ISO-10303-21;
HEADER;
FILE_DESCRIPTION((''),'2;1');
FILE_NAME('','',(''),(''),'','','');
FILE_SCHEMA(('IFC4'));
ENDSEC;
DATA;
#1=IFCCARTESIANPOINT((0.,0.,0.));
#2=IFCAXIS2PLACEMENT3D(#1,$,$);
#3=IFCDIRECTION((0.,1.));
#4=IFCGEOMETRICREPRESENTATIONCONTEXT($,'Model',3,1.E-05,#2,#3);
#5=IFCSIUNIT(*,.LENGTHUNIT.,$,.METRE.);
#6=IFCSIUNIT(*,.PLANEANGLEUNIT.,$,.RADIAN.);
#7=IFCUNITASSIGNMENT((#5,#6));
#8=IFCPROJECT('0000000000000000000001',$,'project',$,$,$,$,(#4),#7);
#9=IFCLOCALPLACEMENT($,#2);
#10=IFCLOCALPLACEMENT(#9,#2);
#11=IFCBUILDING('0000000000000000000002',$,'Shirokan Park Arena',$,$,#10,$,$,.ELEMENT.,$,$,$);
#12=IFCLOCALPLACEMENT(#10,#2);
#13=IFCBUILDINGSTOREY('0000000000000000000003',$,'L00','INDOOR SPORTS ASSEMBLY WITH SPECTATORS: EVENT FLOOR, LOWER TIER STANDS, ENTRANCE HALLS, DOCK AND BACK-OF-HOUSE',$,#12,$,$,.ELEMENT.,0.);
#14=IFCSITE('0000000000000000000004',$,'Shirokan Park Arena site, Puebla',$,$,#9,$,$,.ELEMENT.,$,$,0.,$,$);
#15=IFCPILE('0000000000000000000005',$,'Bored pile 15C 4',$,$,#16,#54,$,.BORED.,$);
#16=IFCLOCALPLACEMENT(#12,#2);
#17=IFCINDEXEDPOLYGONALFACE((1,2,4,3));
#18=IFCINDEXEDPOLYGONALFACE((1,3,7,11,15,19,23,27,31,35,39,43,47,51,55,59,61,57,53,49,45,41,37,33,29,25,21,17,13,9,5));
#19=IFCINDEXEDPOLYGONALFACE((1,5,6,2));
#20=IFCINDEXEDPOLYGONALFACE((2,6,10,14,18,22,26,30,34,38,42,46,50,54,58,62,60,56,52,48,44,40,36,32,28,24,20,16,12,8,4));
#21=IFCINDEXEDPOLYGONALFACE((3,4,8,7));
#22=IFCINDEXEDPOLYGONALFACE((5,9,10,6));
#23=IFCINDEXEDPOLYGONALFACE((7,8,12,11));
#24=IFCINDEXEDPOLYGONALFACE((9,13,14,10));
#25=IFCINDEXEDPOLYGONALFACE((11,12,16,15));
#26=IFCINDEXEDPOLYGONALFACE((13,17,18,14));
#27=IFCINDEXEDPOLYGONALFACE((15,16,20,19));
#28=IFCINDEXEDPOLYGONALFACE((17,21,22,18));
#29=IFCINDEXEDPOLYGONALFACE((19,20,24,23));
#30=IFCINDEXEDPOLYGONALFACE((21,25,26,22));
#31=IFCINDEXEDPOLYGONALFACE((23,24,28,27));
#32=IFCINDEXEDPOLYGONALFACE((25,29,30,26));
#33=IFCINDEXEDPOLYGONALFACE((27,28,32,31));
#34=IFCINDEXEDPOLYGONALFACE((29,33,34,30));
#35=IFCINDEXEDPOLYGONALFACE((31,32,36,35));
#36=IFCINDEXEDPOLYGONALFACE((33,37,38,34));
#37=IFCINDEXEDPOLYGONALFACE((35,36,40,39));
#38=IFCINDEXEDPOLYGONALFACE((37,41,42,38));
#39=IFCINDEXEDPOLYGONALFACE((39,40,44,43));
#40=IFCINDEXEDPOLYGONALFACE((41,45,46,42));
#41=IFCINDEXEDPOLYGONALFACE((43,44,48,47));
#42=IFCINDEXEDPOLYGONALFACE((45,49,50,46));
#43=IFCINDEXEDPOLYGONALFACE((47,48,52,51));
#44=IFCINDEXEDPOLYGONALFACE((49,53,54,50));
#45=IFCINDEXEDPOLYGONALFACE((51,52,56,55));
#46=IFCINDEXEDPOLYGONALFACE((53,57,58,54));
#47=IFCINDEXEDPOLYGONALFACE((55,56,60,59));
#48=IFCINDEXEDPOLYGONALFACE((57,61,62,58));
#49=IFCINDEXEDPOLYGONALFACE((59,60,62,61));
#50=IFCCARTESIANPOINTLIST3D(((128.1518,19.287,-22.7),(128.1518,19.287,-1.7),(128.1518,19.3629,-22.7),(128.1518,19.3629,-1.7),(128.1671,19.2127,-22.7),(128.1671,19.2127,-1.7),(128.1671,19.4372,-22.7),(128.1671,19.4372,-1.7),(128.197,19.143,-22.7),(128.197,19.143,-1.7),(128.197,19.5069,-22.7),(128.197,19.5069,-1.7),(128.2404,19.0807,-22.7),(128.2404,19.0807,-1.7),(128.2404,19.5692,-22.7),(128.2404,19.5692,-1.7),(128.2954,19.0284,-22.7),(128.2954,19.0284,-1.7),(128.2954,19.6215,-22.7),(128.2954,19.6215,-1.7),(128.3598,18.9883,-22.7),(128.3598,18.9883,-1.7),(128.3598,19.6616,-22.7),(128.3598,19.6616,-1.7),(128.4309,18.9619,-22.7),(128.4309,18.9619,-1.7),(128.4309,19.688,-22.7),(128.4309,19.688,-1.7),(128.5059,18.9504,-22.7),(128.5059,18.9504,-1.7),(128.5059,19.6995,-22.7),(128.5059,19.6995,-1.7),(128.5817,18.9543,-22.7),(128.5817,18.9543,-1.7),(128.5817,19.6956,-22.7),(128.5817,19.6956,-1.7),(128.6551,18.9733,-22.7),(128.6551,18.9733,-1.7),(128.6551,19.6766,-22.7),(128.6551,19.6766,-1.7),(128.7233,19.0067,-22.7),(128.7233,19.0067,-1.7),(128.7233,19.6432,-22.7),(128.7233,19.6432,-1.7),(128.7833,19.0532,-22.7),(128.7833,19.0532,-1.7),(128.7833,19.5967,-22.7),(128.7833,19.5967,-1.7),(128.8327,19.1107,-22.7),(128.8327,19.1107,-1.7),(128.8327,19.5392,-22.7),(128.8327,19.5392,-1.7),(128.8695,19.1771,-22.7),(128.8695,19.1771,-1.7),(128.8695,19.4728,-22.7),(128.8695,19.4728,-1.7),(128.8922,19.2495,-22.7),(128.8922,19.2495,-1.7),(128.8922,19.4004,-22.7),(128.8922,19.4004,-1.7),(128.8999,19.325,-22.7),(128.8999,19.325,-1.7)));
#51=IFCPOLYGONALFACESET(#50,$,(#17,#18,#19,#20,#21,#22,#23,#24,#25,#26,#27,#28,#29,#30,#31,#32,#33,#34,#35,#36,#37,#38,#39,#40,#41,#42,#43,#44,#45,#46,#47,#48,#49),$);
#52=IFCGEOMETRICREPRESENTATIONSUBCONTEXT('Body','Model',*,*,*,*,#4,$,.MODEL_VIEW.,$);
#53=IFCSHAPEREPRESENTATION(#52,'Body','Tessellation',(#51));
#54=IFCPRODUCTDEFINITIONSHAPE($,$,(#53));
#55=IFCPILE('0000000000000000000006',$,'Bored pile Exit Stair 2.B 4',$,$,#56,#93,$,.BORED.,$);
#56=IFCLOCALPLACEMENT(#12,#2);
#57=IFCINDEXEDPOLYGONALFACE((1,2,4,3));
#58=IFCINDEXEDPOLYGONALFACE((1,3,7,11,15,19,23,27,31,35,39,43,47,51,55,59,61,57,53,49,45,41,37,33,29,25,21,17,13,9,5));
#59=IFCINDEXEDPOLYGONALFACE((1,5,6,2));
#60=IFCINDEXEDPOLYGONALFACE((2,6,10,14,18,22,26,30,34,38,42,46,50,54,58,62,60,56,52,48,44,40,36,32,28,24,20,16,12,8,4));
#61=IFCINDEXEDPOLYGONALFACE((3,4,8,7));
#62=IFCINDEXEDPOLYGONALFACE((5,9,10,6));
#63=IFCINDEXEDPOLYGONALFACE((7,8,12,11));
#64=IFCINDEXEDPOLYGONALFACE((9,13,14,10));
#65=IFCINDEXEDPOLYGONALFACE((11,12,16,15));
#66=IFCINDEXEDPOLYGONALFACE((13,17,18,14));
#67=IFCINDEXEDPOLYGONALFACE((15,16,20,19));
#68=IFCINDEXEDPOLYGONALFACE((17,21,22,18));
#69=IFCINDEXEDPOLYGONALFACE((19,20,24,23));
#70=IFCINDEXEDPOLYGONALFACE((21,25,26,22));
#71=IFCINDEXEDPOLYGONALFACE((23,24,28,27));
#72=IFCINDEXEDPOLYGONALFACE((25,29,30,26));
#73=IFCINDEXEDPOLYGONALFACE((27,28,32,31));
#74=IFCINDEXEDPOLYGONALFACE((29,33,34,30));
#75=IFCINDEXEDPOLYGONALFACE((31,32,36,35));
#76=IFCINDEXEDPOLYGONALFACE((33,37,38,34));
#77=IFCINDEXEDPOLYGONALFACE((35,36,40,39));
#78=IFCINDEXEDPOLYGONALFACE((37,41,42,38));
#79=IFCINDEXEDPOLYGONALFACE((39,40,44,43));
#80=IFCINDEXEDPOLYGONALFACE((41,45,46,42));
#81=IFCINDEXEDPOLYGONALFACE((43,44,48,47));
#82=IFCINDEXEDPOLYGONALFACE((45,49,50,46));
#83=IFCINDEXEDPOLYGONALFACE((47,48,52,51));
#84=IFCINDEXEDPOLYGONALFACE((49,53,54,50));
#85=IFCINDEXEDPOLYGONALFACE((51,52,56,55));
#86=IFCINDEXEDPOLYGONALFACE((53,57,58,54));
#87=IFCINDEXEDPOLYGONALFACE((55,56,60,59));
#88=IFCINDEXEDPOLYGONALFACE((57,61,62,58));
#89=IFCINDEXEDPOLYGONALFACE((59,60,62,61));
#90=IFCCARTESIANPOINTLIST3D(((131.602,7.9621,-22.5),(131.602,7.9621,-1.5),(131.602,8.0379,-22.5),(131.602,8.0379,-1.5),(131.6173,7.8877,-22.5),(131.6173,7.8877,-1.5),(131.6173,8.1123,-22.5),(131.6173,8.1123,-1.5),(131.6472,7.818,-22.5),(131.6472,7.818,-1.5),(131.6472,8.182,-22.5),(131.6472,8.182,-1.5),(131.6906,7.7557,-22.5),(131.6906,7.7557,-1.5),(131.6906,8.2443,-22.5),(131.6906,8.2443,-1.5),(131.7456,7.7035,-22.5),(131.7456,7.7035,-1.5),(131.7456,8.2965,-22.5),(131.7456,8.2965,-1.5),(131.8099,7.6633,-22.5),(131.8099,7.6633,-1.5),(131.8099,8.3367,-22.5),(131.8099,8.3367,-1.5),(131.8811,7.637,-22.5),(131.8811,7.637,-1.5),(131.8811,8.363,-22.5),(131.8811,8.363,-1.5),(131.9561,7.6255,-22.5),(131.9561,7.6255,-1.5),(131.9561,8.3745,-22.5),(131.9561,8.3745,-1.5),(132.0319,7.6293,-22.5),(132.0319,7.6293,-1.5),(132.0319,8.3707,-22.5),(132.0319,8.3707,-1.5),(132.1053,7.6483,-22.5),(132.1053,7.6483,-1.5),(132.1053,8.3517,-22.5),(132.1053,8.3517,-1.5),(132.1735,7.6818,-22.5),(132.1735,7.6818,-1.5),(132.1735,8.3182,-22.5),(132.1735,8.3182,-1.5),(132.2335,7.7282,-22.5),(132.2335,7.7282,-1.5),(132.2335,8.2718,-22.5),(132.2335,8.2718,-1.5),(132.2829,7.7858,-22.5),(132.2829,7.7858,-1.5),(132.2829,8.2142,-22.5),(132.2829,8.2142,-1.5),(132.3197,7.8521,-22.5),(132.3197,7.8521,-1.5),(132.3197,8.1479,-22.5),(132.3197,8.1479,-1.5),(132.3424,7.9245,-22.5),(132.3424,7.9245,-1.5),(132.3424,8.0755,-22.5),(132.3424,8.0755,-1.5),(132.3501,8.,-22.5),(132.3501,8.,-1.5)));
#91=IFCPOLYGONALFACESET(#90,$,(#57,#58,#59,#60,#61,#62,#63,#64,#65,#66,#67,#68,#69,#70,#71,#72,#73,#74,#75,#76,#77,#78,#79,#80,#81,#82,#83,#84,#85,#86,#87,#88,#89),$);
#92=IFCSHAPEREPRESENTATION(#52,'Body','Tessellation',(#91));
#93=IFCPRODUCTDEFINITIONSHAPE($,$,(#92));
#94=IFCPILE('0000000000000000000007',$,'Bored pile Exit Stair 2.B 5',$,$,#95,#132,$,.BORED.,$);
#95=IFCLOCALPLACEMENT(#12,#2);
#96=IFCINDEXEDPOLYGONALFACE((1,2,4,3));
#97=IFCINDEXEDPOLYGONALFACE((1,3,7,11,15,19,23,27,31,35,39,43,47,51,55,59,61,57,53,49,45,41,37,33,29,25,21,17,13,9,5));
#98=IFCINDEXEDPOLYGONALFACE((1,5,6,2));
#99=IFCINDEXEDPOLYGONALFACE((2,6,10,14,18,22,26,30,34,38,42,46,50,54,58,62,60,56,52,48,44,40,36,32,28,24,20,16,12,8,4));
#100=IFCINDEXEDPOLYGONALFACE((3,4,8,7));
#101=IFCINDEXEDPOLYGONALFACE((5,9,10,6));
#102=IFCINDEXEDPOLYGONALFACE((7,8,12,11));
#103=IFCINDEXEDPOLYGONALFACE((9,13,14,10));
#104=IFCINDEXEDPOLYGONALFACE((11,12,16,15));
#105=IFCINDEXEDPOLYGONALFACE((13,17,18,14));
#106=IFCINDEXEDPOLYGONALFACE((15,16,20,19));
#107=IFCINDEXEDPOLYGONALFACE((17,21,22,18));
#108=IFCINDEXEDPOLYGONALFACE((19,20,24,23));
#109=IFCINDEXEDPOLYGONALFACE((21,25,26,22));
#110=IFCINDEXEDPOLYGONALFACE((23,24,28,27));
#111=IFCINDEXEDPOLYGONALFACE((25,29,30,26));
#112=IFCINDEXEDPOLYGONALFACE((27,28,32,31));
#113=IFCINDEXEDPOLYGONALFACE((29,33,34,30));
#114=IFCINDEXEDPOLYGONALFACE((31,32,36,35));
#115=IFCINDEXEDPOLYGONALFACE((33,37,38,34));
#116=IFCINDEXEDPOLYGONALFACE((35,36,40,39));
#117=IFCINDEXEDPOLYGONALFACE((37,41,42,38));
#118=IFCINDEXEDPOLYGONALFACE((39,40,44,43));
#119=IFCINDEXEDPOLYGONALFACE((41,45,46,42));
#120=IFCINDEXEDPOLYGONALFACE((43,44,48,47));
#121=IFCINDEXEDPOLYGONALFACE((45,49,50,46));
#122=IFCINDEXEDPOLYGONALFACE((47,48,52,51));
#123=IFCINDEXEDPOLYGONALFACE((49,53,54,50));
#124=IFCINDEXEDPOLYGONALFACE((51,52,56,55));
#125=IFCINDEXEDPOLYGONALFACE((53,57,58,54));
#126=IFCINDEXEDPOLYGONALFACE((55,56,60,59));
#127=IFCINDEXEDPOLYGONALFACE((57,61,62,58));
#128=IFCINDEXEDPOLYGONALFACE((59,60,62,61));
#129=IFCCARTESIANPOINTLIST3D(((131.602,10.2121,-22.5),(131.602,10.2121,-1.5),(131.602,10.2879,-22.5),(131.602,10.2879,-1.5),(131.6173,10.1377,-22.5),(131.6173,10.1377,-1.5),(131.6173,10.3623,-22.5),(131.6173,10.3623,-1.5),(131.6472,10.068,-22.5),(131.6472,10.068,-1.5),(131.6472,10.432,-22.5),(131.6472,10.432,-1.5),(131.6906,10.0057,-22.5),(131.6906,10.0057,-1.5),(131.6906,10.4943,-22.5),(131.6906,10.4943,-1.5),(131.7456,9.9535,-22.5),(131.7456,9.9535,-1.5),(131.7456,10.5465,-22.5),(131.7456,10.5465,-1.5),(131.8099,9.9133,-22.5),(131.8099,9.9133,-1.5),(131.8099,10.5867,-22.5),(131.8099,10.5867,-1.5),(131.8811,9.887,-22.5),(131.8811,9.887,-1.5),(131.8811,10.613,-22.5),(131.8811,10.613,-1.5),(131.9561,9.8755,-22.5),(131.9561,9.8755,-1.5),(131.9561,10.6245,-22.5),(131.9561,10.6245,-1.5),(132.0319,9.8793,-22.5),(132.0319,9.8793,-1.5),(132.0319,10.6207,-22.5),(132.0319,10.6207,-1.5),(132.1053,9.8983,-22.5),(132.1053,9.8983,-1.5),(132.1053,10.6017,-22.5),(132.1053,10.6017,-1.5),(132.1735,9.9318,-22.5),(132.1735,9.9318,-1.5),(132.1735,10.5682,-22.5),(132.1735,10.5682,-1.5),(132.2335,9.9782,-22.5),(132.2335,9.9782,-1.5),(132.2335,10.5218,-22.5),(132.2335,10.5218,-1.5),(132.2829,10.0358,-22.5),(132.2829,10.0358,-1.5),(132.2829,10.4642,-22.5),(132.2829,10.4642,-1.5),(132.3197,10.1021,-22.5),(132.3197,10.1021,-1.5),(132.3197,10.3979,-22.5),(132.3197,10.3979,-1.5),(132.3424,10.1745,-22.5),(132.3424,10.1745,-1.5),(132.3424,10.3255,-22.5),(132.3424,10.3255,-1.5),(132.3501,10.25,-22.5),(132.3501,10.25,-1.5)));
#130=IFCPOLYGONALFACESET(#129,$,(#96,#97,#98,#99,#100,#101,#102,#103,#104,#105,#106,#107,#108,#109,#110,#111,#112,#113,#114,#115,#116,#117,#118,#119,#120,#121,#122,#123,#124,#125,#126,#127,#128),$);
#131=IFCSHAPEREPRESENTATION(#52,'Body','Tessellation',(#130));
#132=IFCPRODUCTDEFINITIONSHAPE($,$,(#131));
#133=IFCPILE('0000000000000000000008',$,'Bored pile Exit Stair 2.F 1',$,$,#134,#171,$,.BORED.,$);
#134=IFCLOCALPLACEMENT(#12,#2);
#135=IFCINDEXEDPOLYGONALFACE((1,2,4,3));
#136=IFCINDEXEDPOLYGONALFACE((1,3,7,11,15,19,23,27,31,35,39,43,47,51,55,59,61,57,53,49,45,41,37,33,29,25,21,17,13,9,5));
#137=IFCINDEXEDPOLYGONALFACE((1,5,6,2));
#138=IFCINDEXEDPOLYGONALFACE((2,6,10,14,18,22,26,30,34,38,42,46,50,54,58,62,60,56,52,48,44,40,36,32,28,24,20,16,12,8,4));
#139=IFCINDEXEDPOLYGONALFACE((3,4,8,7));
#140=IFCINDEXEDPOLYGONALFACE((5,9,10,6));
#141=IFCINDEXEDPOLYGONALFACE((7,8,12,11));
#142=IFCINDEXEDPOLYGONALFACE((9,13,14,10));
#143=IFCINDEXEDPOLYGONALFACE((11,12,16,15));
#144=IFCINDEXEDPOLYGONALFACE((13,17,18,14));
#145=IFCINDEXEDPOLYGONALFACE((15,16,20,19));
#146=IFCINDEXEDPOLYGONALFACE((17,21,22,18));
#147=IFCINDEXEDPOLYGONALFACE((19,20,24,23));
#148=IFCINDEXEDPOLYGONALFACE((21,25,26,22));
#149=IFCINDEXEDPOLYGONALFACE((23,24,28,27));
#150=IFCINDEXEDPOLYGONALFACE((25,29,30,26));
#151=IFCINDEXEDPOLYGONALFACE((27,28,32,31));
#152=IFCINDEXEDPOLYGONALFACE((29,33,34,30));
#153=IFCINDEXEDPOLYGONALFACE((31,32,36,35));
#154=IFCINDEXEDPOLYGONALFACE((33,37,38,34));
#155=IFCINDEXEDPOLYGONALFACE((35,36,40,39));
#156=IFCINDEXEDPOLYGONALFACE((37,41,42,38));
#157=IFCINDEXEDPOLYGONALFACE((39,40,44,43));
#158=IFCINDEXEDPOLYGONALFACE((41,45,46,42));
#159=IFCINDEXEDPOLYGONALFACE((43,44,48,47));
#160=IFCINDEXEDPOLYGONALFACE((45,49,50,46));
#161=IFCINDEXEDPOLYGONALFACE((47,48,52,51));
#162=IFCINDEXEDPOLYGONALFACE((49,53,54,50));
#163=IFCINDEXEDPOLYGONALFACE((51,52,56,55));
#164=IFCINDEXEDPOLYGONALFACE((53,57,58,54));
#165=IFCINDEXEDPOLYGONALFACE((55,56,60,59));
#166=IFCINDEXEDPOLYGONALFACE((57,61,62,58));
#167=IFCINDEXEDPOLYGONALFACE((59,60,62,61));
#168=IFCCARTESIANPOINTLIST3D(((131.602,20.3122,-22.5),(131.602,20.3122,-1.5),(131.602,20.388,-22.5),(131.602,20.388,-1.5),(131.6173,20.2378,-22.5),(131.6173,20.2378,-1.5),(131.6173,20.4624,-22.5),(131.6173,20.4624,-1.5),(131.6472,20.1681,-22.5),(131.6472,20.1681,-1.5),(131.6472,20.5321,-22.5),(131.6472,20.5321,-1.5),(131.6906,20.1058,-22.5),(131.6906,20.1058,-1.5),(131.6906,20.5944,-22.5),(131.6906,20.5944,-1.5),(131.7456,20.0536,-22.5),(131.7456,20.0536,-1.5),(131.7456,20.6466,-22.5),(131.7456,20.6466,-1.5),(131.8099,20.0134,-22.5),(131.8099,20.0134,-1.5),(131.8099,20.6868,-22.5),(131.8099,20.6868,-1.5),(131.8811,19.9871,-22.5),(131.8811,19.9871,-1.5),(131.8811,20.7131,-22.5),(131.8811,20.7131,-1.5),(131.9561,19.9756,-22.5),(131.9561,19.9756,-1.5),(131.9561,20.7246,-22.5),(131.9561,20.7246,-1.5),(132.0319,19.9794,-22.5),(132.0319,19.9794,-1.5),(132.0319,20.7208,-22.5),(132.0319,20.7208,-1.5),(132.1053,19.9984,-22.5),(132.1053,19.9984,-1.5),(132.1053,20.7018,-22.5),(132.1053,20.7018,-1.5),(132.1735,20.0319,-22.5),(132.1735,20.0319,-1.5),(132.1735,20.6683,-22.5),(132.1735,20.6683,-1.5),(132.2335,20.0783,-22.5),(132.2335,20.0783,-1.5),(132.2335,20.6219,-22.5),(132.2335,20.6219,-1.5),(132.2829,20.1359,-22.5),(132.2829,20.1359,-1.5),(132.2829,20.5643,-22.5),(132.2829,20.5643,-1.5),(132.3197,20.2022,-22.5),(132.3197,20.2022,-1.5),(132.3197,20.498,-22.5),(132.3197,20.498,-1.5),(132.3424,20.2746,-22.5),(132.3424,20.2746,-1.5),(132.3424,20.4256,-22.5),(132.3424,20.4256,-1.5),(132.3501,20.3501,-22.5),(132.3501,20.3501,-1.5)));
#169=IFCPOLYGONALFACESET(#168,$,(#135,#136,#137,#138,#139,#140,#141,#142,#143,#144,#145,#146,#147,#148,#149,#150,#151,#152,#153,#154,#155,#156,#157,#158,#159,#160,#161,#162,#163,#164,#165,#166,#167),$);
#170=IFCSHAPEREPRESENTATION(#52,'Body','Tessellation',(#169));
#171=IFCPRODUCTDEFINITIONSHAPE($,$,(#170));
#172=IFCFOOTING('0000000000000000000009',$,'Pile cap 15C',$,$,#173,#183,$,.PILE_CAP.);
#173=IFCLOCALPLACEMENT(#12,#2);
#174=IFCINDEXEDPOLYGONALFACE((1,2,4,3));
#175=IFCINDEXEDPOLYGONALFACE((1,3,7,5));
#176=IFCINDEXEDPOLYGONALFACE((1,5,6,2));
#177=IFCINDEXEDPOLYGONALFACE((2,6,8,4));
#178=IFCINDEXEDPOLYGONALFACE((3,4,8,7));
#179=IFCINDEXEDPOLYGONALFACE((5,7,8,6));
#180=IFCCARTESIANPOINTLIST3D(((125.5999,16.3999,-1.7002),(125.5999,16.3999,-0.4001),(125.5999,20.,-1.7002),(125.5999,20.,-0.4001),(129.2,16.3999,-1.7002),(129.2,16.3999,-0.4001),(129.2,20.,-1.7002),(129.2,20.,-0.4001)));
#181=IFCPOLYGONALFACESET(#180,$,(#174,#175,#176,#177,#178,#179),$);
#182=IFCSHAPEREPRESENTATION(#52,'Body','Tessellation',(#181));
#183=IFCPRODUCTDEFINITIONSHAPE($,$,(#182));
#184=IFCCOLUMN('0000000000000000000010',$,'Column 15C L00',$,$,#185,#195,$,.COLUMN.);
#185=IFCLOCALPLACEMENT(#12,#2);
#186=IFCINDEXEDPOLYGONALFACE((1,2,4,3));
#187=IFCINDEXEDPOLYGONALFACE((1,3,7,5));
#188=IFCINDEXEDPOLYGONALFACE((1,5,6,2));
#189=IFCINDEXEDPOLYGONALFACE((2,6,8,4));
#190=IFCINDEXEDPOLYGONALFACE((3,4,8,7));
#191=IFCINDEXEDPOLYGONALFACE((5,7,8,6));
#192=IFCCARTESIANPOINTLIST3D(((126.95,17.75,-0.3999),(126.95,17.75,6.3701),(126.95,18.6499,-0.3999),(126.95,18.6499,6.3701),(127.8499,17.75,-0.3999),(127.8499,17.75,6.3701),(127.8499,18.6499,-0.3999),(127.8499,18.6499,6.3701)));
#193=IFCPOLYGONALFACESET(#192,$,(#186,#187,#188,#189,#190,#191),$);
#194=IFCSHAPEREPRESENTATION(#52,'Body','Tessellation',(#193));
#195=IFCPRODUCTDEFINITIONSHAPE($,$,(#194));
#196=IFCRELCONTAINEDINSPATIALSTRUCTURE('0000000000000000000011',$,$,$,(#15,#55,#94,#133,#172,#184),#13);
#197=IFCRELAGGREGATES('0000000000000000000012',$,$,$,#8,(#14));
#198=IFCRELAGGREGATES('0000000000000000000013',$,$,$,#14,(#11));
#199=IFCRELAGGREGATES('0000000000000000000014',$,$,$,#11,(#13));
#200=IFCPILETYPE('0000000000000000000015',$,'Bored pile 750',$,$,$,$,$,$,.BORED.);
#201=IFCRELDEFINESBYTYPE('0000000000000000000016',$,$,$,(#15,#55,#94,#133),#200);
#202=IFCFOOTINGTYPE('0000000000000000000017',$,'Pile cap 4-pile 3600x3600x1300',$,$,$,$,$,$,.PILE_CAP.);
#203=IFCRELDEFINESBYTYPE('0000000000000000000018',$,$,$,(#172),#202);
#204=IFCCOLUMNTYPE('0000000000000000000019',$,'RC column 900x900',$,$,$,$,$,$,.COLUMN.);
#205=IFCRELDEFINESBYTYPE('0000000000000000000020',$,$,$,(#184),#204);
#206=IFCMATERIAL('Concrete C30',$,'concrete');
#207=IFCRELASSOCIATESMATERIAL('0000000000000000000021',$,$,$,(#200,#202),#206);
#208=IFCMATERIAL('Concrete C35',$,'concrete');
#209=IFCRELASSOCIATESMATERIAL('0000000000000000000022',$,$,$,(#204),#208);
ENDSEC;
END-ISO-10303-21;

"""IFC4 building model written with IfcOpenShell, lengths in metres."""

from ifc_helpers import new_model, si_unit, direction, frame, origin, origin_2d, place, context, subcontext, project, spatial, rectangle, circle, extrude, material, material_profile, profile_set, type_object, element, save


model = new_model("IFC4")

# Units and contexts
model_context = context("Model", 3, precision=1e-05, world=origin(), true_north=direction((0.0, 1.0)))
body_context = subcontext(model_context, "Body", "Model", "MODEL_VIEW")
ifc_project = project(units=[si_unit("LENGTHUNIT", "METRE"), si_unit("PLANEANGLEUNIT", "RADIAN")], contexts=[model_context])

# Site, building, storey
site_placement = place(None, origin())
site = spatial("IfcSite", under=ifc_project, at=site_placement, Name="Shirokan Park Arena site, Puebla", CompositionType="ELEMENT", RefElevation=0.0)
building_placement = place(site_placement, origin())
building = spatial("IfcBuilding", under=site, at=building_placement, Name="Shirokan Park Arena", CompositionType="ELEMENT")
storey_placement = place(building_placement, origin())
storey = spatial("IfcBuildingStorey", under=building, at=storey_placement, Name="L00", Description="INDOOR SPORTS ASSEMBLY WITH SPECTATORS: EVENT FLOOR, LOWER TIER STANDS, ENTRANCE HALLS, DOCK AND BACK-OF-HOUSE", CompositionType="ELEMENT", Elevation=0.0)

# Piles
ifc_material_1 = material(Name="Concrete C30", Category="concrete")
ifc_material_profile_1 = material_profile(ifc_material_1, circle(Radius=0.375, at=origin_2d()), Name="D750")
ifc_profile_set_1 = profile_set([ifc_material_profile_1], Name="Concrete C30")
pile_type_1 = type_object("IfcPileType", Name="Bored pile 750", PredefinedType="BORED", material=ifc_profile_set_1)
for number, where, z_axis, x_axis, name in (
    (1, (128.5249, 19.325, -1.7), (0.0, 0.0, -1.0), (1.0, 0.0, 0.0), "Bored pile 15C 4"),
    (2, (131.9751, 8.0, -1.5), (0.0, 0.0, -1.0), (1.0, 0.0, 0.0), "Bored pile Exit Stair 2.B 4"),
    (3, (131.9751, 10.25, -1.5), (0.0, 0.0, -1.0), (1.0, 0.0, 0.0), "Bored pile Exit Stair 2.B 5"),
    (4, (131.9751, 20.3501, -1.5), (0.0, 0.0, -1.0), (1.0, 0.0, 0.0), "Bored pile Exit Stair 2.F 1"),
):
    element("IfcPile", number, at=place(storey_placement, frame(where, z_axis=z_axis, x_axis=x_axis)), inside=storey, type_object=pile_type_1, Name=name, PredefinedType="BORED", context=body_context, shape_type="SweptSolid", body=[
        extrude(circle(Radius=0.375, at=origin_2d()), origin(), (0.0, 0.0, 1.0), 21.0),
    ])

# Footing
footing_type = type_object("IfcFootingType", Name="Pile cap 4-pile 3600x3600x1300", PredefinedType="PILE_CAP", material=ifc_material_1)
footing_placement = place(storey_placement, frame((127.3999, 18.2, -1.7002), z_axis=(0.0, 0.0, 1.0), x_axis=(1.0, 0.0, 0.0)))
element("IfcFooting", 5, at=footing_placement, inside=storey, type_object=footing_type, Name="Pile cap 15C", PredefinedType="PILE_CAP", context=body_context, shape_type="SweptSolid", body=[
    extrude(rectangle(XDim=3.6001, YDim=3.6001, at=origin_2d()), origin(), (0.0, 0.0, 1.0), 1.3),
])

# Column
ifc_material_2 = material(Name="Concrete C35", Category="concrete")
ifc_material_profile_2 = material_profile(ifc_material_2, rectangle(XDim=0.8999, YDim=0.8999, at=origin_2d()), Name="900x900")
ifc_profile_set_2 = profile_set([ifc_material_profile_2], Name="Concrete C35")
column_type = type_object("IfcColumnType", Name="RC column 900x900", PredefinedType="COLUMN", material=ifc_profile_set_2)
column_placement = place(storey_placement, frame((127.3999, 18.2, -0.3999), z_axis=(0.0, 0.0, 1.0), x_axis=(1.0, 0.0, 0.0)))
element("IfcColumn", 6, at=column_placement, inside=storey, type_object=column_type, Name="Column 15C L00", PredefinedType="COLUMN", context=body_context, shape_type="SweptSolid", body=[
    extrude(rectangle(XDim=0.8999, YDim=0.8999, at=origin_2d()), origin(), (0.0, 0.0, 1.0), 6.77),
])

save(model, "model.ifc")
